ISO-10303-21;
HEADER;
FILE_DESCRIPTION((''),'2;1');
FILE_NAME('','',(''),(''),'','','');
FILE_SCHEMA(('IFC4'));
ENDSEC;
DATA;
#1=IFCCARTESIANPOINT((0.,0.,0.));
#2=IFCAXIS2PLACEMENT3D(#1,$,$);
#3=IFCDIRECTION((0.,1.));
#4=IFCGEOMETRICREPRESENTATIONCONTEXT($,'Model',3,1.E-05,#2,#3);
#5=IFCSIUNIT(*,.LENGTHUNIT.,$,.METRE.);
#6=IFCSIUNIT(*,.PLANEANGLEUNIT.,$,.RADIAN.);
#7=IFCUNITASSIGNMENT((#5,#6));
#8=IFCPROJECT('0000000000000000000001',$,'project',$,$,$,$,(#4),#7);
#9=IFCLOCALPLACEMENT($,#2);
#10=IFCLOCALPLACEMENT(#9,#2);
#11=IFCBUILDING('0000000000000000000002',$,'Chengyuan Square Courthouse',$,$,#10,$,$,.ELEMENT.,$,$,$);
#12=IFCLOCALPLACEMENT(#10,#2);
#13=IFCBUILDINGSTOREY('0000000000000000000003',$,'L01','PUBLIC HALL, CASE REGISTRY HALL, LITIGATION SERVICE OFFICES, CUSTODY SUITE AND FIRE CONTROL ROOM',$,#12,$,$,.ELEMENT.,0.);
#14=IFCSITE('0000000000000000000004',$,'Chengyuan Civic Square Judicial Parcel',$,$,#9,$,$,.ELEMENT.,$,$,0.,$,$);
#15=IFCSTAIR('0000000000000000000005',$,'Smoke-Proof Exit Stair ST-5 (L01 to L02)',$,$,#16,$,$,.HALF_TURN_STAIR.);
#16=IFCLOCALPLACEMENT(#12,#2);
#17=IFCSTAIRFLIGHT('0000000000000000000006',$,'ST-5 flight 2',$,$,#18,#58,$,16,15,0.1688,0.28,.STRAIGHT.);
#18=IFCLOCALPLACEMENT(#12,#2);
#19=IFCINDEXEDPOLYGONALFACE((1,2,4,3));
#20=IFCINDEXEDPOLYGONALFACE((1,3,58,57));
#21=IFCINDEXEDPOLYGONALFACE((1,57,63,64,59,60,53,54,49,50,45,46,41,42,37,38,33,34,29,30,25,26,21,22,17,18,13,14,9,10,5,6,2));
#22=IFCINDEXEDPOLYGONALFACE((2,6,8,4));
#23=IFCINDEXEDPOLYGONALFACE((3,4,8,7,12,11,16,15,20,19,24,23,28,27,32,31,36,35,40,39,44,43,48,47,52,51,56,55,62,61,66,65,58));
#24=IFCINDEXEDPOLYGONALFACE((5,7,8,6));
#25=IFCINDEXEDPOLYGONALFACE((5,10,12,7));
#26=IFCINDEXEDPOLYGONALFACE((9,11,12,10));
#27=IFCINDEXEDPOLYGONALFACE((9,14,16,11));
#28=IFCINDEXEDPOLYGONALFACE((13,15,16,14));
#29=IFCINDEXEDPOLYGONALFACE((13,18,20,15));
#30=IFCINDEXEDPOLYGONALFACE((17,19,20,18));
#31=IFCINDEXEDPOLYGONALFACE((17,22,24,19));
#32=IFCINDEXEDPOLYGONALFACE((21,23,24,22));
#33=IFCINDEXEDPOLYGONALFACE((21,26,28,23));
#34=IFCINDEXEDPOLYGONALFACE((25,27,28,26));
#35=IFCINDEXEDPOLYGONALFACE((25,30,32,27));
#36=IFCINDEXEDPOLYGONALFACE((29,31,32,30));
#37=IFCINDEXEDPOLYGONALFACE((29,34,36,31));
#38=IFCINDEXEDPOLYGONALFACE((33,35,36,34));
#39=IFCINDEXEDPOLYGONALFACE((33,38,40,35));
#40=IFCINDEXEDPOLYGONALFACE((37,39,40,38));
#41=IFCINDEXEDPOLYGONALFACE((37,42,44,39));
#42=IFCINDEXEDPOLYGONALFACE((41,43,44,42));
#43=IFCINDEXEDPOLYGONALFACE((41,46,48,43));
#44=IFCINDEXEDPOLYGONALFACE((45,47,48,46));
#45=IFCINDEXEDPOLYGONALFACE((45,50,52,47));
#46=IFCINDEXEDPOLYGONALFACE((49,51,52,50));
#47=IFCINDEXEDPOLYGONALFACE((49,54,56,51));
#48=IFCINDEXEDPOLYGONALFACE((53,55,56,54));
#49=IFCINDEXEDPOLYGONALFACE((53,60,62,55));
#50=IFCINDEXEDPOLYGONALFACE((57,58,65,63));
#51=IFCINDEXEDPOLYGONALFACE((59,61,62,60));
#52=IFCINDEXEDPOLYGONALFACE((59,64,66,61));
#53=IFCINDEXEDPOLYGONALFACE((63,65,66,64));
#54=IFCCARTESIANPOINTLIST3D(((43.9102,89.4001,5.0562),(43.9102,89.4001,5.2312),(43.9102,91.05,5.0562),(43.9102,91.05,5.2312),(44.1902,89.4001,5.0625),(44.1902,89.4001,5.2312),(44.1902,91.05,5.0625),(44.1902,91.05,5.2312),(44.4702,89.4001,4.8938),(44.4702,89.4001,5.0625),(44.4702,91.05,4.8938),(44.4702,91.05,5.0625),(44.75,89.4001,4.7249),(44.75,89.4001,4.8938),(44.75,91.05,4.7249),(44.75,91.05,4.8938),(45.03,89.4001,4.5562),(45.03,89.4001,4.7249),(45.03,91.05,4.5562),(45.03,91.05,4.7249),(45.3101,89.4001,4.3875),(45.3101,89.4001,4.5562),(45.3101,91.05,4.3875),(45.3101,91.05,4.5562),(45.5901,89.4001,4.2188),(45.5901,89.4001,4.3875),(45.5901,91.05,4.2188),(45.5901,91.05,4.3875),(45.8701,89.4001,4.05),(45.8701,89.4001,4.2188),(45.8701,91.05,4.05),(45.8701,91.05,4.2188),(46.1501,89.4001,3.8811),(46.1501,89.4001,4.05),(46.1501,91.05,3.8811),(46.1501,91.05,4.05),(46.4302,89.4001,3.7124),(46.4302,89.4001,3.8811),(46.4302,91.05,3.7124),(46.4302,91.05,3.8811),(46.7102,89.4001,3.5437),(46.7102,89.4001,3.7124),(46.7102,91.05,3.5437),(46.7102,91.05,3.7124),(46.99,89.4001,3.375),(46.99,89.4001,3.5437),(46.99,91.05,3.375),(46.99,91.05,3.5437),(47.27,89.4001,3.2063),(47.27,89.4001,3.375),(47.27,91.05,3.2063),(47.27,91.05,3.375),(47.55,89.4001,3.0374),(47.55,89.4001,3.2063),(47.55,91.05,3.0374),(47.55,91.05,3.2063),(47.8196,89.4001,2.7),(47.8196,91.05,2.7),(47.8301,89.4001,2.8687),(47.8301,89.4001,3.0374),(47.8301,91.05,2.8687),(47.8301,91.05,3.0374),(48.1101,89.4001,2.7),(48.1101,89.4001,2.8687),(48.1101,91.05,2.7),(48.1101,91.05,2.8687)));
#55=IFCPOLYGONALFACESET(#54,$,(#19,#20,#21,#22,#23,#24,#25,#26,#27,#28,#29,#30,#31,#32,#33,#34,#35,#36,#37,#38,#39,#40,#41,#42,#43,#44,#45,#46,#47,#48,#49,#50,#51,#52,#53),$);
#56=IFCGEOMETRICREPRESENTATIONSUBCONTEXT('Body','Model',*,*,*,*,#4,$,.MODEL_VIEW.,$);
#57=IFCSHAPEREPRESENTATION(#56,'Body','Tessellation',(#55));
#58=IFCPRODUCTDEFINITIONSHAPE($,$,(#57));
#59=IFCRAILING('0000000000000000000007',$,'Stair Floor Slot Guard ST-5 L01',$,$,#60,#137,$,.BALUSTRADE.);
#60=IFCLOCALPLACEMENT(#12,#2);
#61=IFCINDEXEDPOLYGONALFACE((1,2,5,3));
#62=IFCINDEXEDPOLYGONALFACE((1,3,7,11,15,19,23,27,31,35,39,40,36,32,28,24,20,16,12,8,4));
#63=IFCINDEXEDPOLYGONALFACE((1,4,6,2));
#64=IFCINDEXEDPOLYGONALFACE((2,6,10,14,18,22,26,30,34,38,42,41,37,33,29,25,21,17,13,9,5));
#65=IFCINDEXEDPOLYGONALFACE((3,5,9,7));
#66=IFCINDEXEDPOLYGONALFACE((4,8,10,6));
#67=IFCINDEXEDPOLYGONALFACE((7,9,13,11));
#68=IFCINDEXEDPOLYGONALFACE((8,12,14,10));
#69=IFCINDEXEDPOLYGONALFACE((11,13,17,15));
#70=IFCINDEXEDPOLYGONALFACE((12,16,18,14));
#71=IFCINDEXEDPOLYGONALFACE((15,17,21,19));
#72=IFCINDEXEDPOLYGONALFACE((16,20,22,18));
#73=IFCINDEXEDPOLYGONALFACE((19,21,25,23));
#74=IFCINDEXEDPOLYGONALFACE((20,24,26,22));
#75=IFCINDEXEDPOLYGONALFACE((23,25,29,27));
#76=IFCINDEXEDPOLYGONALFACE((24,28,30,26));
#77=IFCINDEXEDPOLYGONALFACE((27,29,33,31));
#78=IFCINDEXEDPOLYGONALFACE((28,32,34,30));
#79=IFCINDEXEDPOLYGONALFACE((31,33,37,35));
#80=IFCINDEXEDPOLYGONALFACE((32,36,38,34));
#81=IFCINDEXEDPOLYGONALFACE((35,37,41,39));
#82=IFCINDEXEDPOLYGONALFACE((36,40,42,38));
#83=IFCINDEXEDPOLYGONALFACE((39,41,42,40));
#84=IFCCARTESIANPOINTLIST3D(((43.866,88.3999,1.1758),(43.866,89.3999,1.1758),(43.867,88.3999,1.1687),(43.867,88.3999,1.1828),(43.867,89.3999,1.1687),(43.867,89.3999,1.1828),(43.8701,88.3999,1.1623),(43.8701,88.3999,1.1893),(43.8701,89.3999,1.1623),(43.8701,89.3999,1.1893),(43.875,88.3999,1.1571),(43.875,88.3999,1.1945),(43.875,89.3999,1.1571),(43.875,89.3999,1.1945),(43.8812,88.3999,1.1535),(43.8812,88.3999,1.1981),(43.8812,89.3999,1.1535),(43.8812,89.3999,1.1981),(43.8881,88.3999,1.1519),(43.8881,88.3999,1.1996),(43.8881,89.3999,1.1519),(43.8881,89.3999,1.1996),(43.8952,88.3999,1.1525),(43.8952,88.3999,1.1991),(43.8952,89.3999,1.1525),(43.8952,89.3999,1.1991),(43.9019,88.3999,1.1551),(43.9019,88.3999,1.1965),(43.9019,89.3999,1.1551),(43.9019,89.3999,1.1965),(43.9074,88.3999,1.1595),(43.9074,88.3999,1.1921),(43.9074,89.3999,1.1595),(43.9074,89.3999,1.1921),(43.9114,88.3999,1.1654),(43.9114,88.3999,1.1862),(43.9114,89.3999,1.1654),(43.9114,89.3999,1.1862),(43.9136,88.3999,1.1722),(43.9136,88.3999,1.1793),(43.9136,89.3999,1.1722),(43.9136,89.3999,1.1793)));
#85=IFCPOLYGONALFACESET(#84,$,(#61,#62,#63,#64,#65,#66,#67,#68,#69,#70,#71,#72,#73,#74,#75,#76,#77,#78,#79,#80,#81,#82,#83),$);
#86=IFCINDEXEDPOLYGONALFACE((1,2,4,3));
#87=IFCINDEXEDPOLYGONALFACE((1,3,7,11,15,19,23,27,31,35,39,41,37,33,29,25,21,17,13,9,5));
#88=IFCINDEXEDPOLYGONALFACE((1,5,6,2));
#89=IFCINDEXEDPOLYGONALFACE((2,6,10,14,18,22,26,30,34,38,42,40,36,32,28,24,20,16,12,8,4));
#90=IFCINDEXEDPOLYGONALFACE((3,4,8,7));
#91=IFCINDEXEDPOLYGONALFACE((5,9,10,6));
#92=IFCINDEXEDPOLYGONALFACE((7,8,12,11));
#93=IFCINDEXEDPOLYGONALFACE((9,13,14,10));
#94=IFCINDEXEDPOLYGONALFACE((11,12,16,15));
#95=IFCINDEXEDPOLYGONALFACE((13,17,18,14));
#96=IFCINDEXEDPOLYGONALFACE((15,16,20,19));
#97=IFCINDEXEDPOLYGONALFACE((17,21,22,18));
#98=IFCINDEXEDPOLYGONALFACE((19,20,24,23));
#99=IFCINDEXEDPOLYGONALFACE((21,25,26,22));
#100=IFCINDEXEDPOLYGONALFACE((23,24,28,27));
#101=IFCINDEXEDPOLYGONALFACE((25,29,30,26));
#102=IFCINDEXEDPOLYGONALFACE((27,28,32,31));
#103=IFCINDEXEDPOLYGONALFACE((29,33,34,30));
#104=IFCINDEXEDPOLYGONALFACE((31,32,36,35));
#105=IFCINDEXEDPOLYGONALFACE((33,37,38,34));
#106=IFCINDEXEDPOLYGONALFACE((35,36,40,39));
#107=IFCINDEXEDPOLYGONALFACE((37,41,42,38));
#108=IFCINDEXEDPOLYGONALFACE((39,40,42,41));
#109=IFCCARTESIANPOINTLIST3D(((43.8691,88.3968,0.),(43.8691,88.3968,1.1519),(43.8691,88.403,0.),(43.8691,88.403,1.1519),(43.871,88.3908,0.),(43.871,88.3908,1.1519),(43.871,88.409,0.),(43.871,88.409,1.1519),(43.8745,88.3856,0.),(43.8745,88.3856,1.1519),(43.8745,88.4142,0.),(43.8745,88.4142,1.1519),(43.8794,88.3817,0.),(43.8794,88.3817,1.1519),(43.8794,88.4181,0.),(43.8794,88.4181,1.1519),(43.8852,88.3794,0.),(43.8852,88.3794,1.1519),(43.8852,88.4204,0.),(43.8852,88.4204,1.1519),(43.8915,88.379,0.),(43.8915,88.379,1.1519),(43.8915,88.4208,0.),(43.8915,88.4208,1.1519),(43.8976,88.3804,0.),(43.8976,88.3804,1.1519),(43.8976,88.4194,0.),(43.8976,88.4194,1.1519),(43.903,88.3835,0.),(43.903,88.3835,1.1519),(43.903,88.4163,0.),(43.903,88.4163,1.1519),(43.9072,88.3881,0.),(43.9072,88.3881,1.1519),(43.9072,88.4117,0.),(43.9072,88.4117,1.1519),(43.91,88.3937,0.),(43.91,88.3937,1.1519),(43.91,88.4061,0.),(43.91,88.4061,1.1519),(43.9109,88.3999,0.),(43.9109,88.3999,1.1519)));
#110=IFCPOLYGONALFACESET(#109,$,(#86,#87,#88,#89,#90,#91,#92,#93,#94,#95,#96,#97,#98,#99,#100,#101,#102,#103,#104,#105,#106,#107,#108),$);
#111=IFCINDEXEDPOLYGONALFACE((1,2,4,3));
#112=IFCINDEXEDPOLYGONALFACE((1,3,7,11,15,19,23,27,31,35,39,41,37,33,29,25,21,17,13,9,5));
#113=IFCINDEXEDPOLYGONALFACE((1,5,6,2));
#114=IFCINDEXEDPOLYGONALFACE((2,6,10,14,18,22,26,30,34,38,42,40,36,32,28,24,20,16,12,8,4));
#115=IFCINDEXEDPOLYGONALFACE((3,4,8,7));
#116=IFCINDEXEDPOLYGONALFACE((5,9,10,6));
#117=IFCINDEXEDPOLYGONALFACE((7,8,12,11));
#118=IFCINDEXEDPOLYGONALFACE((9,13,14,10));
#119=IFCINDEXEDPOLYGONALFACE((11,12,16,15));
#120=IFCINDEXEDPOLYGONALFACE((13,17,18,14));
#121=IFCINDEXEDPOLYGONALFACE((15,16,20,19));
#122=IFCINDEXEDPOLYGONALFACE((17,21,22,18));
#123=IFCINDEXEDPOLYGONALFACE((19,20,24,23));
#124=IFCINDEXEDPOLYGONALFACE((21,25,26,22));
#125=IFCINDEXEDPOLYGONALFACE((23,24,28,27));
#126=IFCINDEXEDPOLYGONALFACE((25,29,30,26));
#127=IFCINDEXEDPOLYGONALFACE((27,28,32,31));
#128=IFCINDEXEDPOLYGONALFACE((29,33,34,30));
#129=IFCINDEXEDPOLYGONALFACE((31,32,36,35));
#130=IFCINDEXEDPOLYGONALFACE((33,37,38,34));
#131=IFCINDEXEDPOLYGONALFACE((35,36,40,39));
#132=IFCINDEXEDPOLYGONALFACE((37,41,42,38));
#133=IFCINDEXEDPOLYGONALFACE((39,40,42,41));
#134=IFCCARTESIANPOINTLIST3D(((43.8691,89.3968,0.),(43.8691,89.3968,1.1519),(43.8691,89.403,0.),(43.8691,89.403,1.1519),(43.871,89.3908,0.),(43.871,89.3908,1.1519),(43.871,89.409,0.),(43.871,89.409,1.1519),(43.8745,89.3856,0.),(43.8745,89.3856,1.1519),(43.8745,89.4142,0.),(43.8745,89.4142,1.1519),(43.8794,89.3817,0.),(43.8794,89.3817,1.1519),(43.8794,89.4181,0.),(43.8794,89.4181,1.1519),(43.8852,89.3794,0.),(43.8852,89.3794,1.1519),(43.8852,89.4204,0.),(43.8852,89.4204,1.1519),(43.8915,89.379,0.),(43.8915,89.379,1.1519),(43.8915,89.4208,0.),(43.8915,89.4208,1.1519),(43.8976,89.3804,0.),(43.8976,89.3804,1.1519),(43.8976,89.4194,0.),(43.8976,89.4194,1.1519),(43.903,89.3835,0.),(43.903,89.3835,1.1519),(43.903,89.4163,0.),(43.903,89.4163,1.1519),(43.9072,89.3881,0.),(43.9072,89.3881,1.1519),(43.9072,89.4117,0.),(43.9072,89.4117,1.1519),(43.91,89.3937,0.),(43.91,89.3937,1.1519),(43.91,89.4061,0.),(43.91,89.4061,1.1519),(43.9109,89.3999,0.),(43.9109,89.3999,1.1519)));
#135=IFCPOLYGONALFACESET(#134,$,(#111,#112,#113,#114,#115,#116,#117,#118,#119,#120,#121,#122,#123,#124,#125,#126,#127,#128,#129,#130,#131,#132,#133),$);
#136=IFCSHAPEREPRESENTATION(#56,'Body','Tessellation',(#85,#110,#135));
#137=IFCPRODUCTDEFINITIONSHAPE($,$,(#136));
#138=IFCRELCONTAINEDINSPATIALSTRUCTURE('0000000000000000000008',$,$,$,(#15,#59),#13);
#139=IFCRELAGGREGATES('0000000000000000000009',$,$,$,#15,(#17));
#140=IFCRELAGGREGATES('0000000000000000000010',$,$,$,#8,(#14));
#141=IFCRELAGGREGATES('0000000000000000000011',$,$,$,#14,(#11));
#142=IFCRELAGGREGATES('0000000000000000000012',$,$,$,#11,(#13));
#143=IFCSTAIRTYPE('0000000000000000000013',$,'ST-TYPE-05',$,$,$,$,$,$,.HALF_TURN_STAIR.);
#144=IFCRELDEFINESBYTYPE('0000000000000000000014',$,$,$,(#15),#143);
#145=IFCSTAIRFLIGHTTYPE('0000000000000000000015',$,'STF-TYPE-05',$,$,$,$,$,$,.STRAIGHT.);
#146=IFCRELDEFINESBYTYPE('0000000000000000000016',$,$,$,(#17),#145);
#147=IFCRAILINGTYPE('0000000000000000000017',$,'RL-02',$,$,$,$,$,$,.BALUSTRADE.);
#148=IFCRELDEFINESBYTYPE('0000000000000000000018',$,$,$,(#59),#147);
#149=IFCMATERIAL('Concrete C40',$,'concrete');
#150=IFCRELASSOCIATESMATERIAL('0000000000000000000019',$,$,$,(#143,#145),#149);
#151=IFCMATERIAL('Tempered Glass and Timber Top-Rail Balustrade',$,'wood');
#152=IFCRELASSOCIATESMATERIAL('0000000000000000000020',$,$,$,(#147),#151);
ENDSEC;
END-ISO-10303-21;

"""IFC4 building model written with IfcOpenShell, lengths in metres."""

from ifc_helpers import new_model, si_unit, direction, frame, origin, origin_2d, place, context, subcontext, project, spatial, polyline, circle, outline, extrude, material, type_object, element, aggregate, save


model = new_model("IFC4")

# Units and contexts
model_context = context("Model", 3, precision=1e-05, world=origin(), true_north=direction((0.0, 1.0)))
body_context = subcontext(model_context, "Body", "Model", "MODEL_VIEW")
ifc_project = project(units=[si_unit("LENGTHUNIT", "METRE"), si_unit("PLANEANGLEUNIT", "RADIAN")], contexts=[model_context])

# Site, building, storey
site_placement = place(None, origin())
site = spatial("IfcSite", under=ifc_project, at=site_placement, Name="Chengyuan Civic Square Judicial Parcel", CompositionType="ELEMENT", RefElevation=0.0)
building_placement = place(site_placement, origin())
building = spatial("IfcBuilding", under=site, at=building_placement, Name="Chengyuan Square Courthouse", CompositionType="ELEMENT")
storey_placement = place(building_placement, origin())
storey = spatial("IfcBuildingStorey", under=building, at=storey_placement, Name="L01", Description="PUBLIC HALL, CASE REGISTRY HALL, LITIGATION SERVICE OFFICES, CUSTODY SUITE AND FIRE CONTROL ROOM", CompositionType="ELEMENT", Elevation=0.0)

# Shared definitions
ifc_material_1 = material(Name="Concrete C40", Category="concrete")

# Stair, stair flight
stair_type = type_object("IfcStairType", Name="ST-TYPE-05", PredefinedType="HALF_TURN_STAIR", material=ifc_material_1)
stair_placement = place(storey_placement, origin())
stair = element("IfcStair", 1, at=stair_placement, inside=storey, type_object=stair_type, Name="Smoke-Proof Exit Stair ST-5 (L01 to L02)", PredefinedType="HALF_TURN_STAIR")
stair_flight_type = type_object("IfcStairFlightType", Name="STF-TYPE-05", PredefinedType="STRAIGHT", material=ifc_material_1)
stair_flight_placement = place(storey_placement, frame((48.1101, 90.2251, 2.7), z_axis=(0.0, 0.0, 1.0), x_axis=(-1.0, 0.0, 0.0)))
stair_flight = element("IfcStairFlight", 2, at=stair_flight_placement, type_object=stair_flight_type, Name="ST-5 flight 2", NumberOfRisers=16, NumberOfTreads=15, PredefinedType="STRAIGHT", RiserHeight=0.1688, TreadLength=0.28, context=body_context, shape_type="SweptSolid", body=[
    extrude(outline(polyline([(0.0, 0.0), (0.0, 0.1687), (0.28, 0.1687), (0.28, 0.3374), (0.5601, 0.3374), (0.5601, 0.5063), (0.8401, 0.5063), (0.8401, 0.675), (1.1201, 0.675), (1.1201, 0.8438), (1.3999, 0.8438), (1.3999, 1.0125), (1.6799, 1.0125), (1.6799, 1.1812), (1.96, 1.1812), (1.96, 1.3501), (2.24, 1.3501), (2.24, 1.5188), (2.52, 1.5188), (2.52, 1.6875), (2.8, 1.6875), (2.8, 1.8562), (3.0801, 1.8562), (3.0801, 2.0249), (3.3601, 2.0249), (3.3601, 2.1938), (3.6399, 2.1938), (3.6399, 2.3625), (3.9199, 2.3625), (3.9199, 2.5312), (4.2, 2.5312), (4.2, 2.7), (4.2, 2.3562), (0.2905, 0.0), (0.0, 0.0)])), frame((0.0, 0.825, 0.0), z_axis=(0.0, -1.0, 0.0), x_axis=(1.0, 0.0, 0.0)), (0.0, 0.0, 1.0), 1.6499),
])
aggregate(stair, [stair_flight])

# Railing
ifc_material_2 = material(Name="Tempered Glass and Timber Top-Rail Balustrade", Category="wood")
railing_type_1 = type_object("IfcRailingType", Name="RL-02", PredefinedType="BALUSTRADE", material=ifc_material_2)
for number, where, name in (
    (3, (43.8899, 88.3999, 0.0), "Stair Floor Slot Guard ST-5 L01"),
):
    element("IfcRailing", number, at=place(storey_placement, frame(where)), inside=storey, type_object=railing_type_1, Name=name, PredefinedType="BALUSTRADE", context=body_context, shape_type="SweptSolid", body=[
        extrude(circle(Radius=0.0239, at=origin_2d()), frame((0.0, 0.0, 1.1758), z_axis=(0.0, 1.0, 0.0), x_axis=(-1.0, 0.0, 0.0)), (0.0, 0.0, 1.0), 1.0),
        extrude(circle(Radius=0.021, at=origin_2d()), origin(), (0.0, 0.0, 1.0), 1.1519),
        extrude(circle(Radius=0.021, at=origin_2d()), frame((0.0, 1.0, 0.0)), (0.0, 0.0, 1.0), 1.1519),
    ])

save(model, "model.ifc")
